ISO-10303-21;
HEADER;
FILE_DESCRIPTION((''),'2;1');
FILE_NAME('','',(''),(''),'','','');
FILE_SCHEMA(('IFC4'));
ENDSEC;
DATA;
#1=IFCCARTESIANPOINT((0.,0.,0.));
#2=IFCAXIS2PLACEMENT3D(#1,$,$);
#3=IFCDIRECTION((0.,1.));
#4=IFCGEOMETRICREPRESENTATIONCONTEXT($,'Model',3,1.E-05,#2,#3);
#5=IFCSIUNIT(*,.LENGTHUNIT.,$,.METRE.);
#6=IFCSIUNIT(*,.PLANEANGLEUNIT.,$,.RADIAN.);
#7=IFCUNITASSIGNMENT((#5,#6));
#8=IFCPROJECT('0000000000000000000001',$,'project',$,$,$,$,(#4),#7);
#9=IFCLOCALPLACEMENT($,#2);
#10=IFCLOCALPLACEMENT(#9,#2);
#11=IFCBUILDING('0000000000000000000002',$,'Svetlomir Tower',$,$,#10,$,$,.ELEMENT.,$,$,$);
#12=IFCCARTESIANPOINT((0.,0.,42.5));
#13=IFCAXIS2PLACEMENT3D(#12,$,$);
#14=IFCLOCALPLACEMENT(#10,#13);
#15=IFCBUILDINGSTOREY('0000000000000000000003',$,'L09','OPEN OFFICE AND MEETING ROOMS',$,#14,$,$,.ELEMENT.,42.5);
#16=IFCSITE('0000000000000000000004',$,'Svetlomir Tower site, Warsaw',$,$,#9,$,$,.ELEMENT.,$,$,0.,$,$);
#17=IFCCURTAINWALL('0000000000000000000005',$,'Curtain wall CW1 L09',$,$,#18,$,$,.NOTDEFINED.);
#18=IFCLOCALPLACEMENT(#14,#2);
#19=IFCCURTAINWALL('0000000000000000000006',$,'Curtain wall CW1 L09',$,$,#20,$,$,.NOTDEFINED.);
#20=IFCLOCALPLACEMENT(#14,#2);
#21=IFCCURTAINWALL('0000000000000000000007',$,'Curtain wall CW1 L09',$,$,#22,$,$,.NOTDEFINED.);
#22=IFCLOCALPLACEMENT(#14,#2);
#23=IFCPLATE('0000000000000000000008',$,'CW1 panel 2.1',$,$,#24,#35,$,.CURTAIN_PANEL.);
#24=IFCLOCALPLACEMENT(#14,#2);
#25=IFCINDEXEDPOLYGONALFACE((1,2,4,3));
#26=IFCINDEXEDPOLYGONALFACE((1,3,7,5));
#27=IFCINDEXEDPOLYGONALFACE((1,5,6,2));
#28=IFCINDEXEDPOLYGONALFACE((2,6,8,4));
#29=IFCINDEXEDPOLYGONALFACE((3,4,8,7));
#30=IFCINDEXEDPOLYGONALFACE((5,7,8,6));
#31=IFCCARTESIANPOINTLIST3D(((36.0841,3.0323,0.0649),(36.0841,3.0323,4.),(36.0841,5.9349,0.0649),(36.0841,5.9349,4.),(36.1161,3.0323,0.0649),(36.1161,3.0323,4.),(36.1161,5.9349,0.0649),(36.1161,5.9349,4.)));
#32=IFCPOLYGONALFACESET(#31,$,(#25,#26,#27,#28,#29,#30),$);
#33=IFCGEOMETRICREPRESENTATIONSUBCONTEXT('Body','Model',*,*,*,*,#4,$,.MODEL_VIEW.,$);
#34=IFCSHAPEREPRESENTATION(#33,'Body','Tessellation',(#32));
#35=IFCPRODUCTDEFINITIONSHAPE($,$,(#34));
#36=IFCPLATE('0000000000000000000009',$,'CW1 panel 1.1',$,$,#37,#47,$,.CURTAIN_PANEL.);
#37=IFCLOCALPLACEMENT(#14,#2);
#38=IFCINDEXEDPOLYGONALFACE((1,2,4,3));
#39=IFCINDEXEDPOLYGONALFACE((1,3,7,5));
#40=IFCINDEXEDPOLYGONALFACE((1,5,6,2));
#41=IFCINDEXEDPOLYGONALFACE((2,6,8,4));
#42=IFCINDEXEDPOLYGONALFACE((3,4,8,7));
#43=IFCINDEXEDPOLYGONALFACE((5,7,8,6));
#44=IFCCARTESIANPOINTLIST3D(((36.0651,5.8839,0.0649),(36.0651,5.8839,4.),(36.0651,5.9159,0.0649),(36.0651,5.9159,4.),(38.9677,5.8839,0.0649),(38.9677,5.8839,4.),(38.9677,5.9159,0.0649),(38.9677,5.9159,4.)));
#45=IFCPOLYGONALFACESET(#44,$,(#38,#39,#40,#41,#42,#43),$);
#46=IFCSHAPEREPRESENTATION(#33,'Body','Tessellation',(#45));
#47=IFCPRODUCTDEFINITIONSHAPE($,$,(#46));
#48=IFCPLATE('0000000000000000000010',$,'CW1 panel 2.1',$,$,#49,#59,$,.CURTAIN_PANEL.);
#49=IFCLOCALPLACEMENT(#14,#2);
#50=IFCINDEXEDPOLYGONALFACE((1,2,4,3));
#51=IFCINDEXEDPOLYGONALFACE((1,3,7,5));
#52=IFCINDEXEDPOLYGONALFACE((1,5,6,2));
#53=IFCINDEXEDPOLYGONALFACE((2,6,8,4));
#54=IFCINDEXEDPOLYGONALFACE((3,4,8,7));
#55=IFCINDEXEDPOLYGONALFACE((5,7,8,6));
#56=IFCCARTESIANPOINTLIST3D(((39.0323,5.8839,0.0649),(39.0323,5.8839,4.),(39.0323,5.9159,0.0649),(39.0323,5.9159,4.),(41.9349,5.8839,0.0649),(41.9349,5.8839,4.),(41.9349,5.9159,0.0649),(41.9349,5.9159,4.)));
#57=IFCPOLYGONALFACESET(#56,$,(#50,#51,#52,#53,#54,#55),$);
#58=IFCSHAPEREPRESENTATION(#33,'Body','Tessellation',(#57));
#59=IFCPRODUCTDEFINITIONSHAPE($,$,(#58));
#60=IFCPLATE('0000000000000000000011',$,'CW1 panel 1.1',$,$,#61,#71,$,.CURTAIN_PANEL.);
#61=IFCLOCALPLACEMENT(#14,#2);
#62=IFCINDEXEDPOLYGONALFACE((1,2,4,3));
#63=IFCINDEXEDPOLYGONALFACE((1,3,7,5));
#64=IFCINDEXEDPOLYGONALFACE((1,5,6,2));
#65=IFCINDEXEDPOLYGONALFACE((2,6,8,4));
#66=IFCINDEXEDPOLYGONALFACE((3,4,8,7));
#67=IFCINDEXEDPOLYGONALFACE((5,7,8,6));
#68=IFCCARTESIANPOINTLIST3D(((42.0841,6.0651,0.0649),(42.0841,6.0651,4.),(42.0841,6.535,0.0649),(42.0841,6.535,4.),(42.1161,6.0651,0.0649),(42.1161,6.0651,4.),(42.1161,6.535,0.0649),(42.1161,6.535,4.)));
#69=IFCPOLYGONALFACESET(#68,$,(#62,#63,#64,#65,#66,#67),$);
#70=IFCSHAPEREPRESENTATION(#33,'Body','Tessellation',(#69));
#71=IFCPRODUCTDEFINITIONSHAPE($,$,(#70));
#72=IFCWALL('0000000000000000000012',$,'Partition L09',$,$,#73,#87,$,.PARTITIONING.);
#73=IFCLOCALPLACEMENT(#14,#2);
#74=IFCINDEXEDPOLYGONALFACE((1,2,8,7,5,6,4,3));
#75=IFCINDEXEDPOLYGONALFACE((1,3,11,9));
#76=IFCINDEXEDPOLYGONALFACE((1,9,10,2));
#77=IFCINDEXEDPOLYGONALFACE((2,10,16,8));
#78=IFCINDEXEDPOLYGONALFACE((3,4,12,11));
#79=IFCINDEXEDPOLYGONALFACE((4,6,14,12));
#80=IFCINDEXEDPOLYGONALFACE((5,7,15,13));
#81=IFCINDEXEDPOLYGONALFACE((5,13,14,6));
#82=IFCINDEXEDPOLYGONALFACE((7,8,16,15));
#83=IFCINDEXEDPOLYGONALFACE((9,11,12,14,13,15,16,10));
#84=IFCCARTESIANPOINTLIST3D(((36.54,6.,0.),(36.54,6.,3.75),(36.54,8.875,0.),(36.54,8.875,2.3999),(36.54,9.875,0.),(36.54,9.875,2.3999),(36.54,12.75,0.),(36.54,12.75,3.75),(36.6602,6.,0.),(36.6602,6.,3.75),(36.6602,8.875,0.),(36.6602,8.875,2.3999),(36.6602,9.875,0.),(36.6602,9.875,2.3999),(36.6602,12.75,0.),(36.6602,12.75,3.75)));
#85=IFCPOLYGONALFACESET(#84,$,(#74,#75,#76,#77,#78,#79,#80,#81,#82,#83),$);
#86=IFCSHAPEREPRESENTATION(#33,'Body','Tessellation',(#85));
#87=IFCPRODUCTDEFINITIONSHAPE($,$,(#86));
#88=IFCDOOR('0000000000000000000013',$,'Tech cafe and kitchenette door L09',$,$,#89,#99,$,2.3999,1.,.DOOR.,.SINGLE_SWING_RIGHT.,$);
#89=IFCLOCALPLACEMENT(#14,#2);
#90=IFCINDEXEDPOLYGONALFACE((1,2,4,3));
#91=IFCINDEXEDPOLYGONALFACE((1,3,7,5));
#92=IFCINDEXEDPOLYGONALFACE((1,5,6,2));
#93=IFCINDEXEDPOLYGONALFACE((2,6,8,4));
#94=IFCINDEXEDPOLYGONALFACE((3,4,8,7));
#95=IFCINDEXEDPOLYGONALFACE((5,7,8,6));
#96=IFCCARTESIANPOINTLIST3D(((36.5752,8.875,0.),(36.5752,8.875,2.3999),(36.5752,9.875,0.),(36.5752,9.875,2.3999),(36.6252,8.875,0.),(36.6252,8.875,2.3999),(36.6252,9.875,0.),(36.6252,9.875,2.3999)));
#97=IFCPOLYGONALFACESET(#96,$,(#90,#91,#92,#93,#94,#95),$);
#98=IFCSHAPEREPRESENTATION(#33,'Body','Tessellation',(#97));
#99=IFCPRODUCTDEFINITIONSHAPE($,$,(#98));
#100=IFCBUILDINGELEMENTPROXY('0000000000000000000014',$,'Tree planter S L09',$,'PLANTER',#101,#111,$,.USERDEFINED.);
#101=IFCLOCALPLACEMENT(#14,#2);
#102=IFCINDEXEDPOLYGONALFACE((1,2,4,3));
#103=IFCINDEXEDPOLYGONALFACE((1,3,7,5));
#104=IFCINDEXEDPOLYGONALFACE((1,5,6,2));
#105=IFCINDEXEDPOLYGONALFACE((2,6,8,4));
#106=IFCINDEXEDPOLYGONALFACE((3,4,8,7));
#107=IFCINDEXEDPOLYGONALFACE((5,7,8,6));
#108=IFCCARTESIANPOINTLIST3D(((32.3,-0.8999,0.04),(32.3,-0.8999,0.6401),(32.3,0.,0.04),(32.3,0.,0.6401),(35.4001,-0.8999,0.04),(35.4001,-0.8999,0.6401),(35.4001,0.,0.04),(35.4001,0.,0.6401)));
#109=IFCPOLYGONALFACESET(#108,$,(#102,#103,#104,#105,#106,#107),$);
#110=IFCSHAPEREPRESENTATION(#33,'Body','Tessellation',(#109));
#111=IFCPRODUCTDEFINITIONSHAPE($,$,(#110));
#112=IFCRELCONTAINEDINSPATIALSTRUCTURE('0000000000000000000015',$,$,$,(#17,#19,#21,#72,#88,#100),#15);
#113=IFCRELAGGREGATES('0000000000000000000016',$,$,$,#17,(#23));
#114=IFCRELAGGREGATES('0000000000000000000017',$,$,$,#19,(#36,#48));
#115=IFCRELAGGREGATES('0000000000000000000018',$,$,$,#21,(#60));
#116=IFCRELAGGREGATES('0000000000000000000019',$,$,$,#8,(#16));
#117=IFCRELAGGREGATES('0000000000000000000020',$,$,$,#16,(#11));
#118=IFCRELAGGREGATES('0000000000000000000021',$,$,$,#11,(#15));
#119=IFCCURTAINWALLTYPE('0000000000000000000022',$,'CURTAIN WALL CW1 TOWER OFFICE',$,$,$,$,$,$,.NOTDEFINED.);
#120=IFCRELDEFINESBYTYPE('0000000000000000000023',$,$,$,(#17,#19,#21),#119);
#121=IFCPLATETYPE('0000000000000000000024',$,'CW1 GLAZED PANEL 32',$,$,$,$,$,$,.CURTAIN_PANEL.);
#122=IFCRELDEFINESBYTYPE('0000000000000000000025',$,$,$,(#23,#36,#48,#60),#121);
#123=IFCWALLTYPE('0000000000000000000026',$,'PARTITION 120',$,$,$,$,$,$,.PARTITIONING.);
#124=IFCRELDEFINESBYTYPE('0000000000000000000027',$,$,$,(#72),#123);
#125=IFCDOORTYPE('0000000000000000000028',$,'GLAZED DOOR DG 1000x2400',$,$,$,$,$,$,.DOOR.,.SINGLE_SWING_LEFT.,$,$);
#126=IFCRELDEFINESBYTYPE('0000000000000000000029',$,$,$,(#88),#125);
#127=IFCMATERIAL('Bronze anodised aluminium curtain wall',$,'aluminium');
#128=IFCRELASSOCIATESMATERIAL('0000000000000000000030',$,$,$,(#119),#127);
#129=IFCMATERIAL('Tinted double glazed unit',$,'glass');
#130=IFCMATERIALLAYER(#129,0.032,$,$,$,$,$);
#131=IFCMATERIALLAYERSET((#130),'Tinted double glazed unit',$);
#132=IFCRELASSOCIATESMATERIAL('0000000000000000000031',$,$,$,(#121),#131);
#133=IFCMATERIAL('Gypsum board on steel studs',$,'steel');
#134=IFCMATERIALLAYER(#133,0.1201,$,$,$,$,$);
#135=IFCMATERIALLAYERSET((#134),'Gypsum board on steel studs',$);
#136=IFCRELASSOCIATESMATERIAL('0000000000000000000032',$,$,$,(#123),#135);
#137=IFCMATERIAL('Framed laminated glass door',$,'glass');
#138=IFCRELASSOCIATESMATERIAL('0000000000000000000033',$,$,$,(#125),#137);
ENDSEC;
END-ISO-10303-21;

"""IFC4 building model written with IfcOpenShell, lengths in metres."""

from ifc_helpers import new_model, si_unit, direction, frame, frame_2d, origin, origin_2d, place, context, subcontext, project, spatial, rectangle, extrude, material, layer, layer_set, type_object, element, fill, aggregate, save


model = new_model("IFC4")

# Units and contexts
model_context = context("Model", 3, precision=1e-05, world=origin(), true_north=direction((0.0, 1.0)))
body_context = subcontext(model_context, "Body", "Model", "MODEL_VIEW")
ifc_project = project(units=[si_unit("LENGTHUNIT", "METRE"), si_unit("PLANEANGLEUNIT", "RADIAN")], contexts=[model_context])

# Site, building, storey
site_placement = place(None, origin())
site = spatial("IfcSite", under=ifc_project, at=site_placement, Name="Svetlomir Tower site, Warsaw", CompositionType="ELEMENT", RefElevation=0.0)
building_placement = place(site_placement, origin())
building = spatial("IfcBuilding", under=site, at=building_placement, Name="Svetlomir Tower", CompositionType="ELEMENT")
storey_placement = place(building_placement, frame((0.0, 0.0, 42.5)))
storey = spatial("IfcBuildingStorey", under=building, at=storey_placement, Name="L09", Description="OPEN OFFICE AND MEETING ROOMS", CompositionType="ELEMENT", Elevation=42.5)

# Curtain walls
ifc_material_1 = material(Name="Bronze anodised aluminium curtain wall", Category="aluminium")
curtain_wall_type = type_object("IfcCurtainWallType", Name="CURTAIN WALL CW1 TOWER OFFICE", PredefinedType="NOTDEFINED", material=ifc_material_1)
curtain_wall_1_placement = place(storey_placement, origin())
curtain_wall_1 = element("IfcCurtainWall", 1, at=curtain_wall_1_placement, inside=storey, type_object=curtain_wall_type, Name="Curtain wall CW1 L09", PredefinedType="NOTDEFINED")
curtain_wall_2_placement = place(storey_placement, origin())
curtain_wall_2 = element("IfcCurtainWall", 2, at=curtain_wall_2_placement, inside=storey, type_object=curtain_wall_type, Name="Curtain wall CW1 L09", PredefinedType="NOTDEFINED")

# Curtain wall
curtain_wall_3_placement = place(storey_placement, origin())
curtain_wall_3 = element("IfcCurtainWall", 3, at=curtain_wall_3_placement, inside=storey, type_object=curtain_wall_type, Name="Curtain wall CW1 L09", PredefinedType="NOTDEFINED")

# Plates
ifc_material_2 = material(Name="Tinted double glazed unit", Category="glass")
ifc_layer_1 = layer(ifc_material_2, 0.032)
ifc_layer_set_1 = layer_set([ifc_layer_1], Name="Tinted double glazed unit")
plate_type = type_object("IfcPlateType", Name="CW1 GLAZED PANEL 32", PredefinedType="CURTAIN_PANEL", material=ifc_layer_set_1)
plate_1_placement = place(storey_placement, frame((36.1001, 4.4836, 0.0649), z_axis=(0.0, 0.0, 1.0), x_axis=(0.0, 1.0, 0.0)))
plate_1 = element("IfcPlate", 4, at=plate_1_placement, type_object=plate_type, Name="CW1 panel 2.1", PredefinedType="CURTAIN_PANEL", context=body_context, shape_type="SweptSolid", body=[
    extrude(rectangle(XDim=2.9026, YDim=0.032, at=origin_2d()), origin(), (0.0, 0.0, 1.0), 3.9351),
])
aggregate(curtain_wall_1, [plate_1])
plate_2_placement = place(storey_placement, frame((37.5164, 5.8999, 0.0649), z_axis=(0.0, 0.0, 1.0), x_axis=(1.0, 0.0, 0.0)))
plate_2 = element("IfcPlate", 5, at=plate_2_placement, type_object=plate_type, Name="CW1 panel 1.1", PredefinedType="CURTAIN_PANEL", context=body_context, shape_type="SweptSolid", body=[
    extrude(rectangle(XDim=2.9026, YDim=0.032, at=origin_2d()), origin(), (0.0, 0.0, 1.0), 3.9351),
])
plate_3_placement = place(storey_placement, frame((40.4836, 5.8999, 0.0649), z_axis=(0.0, 0.0, 1.0), x_axis=(1.0, 0.0, 0.0)))
plate_3 = element("IfcPlate", 6, at=plate_3_placement, type_object=plate_type, Name="CW1 panel 2.1", PredefinedType="CURTAIN_PANEL", context=body_context, shape_type="SweptSolid", body=[
    extrude(rectangle(XDim=2.9026, YDim=0.032, at=origin_2d()), origin(), (0.0, 0.0, 1.0), 3.9351),
])
aggregate(curtain_wall_2, [plate_2, plate_3])
plate_4_placement = place(storey_placement, frame((42.1001, 6.3, 0.0649), z_axis=(0.0, 0.0, 1.0), x_axis=(0.0, 1.0, 0.0)))
plate_4 = element("IfcPlate", 7, at=plate_4_placement, type_object=plate_type, Name="CW1 panel 1.1", PredefinedType="CURTAIN_PANEL", context=body_context, shape_type="SweptSolid", body=[
    extrude(rectangle(XDim=0.47, YDim=0.032, at=origin_2d()), origin(), (0.0, 0.0, 1.0), 3.9351),
])
aggregate(curtain_wall_3, [plate_4])

# Wall, opening, door
ifc_material_3 = material(Name="Gypsum board on steel studs", Category="steel")
ifc_layer_2 = layer(ifc_material_3, 0.1201)
ifc_layer_set_2 = layer_set([ifc_layer_2], Name="Gypsum board on steel studs")
wall_type = type_object("IfcWallType", Name="PARTITION 120", PredefinedType="PARTITIONING", material=ifc_layer_set_2)
wall_placement = place(storey_placement, frame((36.6001, 6.0, 0.0), z_axis=(0.0, 0.0, 1.0), x_axis=(0.0, 1.0, 0.0)))
wall = element("IfcWall", 8, at=wall_placement, inside=storey, type_object=wall_type, Name="Partition L09", PredefinedType="PARTITIONING", context=body_context, shape_type="SweptSolid", body=[
    extrude(rectangle(XDim=6.75, YDim=0.1201, at=frame_2d((3.375, 0.0))), origin(), (0.0, 0.0, 1.0), 3.75),
])
opening_placement = place(wall_placement, frame((2.875, 0.0, 0.0)))
opening = element("IfcOpeningElement", 9, at=opening_placement, cuts=wall, PredefinedType="OPENING", context=body_context, shape_type="SweptSolid", body=[
    extrude(rectangle(XDim=1.0, YDim=2.3999, at=frame_2d((0.5, 1.2))), frame((0.0, 0.0701, 0.0), z_axis=(0.0, -1.0, 0.0), x_axis=(1.0, 0.0, 0.0)), (0.0, 0.0, 1.0), 0.1401),
])
ifc_material_4 = material(Name="Framed laminated glass door", Category="glass")
door_type = type_object("IfcDoorType", Name="GLAZED DOOR DG 1000x2400", OperationType="SINGLE_SWING_LEFT", PredefinedType="DOOR", material=ifc_material_4)
door_placement = place(opening_placement, origin())
door = element("IfcDoor", 10, at=door_placement, inside=storey, type_object=door_type, Name="Tech cafe and kitchenette door L09", OperationType="SINGLE_SWING_RIGHT", OverallHeight=2.3999, OverallWidth=1.0, PredefinedType="DOOR", context=body_context, shape_type="SweptSolid", body=[
    extrude(rectangle(XDim=1.0, YDim=2.3999, at=frame_2d((0.5, 1.2))), frame((0.0, 0.0249, 0.0), z_axis=(0.0, -1.0, 0.0), x_axis=(1.0, 0.0, 0.0)), (0.0, 0.0, 1.0), 0.05),
])
fill(opening, door)

# Building element proxy
proxy_placement = place(storey_placement, frame((33.8501, -0.45, 0.04), z_axis=(0.0, 0.0, 1.0), x_axis=(1.0, 0.0, 0.0)))
element("IfcBuildingElementProxy", 11, at=proxy_placement, inside=storey, Name="Tree planter S L09", ObjectType="PLANTER", PredefinedType="USERDEFINED", context=body_context, shape_type="SweptSolid", body=[
    extrude(rectangle(XDim=3.1001, YDim=0.8999, at=origin_2d()), origin(), (0.0, 0.0, 1.0), 0.6001),
])

save(model, "model.ifc")
